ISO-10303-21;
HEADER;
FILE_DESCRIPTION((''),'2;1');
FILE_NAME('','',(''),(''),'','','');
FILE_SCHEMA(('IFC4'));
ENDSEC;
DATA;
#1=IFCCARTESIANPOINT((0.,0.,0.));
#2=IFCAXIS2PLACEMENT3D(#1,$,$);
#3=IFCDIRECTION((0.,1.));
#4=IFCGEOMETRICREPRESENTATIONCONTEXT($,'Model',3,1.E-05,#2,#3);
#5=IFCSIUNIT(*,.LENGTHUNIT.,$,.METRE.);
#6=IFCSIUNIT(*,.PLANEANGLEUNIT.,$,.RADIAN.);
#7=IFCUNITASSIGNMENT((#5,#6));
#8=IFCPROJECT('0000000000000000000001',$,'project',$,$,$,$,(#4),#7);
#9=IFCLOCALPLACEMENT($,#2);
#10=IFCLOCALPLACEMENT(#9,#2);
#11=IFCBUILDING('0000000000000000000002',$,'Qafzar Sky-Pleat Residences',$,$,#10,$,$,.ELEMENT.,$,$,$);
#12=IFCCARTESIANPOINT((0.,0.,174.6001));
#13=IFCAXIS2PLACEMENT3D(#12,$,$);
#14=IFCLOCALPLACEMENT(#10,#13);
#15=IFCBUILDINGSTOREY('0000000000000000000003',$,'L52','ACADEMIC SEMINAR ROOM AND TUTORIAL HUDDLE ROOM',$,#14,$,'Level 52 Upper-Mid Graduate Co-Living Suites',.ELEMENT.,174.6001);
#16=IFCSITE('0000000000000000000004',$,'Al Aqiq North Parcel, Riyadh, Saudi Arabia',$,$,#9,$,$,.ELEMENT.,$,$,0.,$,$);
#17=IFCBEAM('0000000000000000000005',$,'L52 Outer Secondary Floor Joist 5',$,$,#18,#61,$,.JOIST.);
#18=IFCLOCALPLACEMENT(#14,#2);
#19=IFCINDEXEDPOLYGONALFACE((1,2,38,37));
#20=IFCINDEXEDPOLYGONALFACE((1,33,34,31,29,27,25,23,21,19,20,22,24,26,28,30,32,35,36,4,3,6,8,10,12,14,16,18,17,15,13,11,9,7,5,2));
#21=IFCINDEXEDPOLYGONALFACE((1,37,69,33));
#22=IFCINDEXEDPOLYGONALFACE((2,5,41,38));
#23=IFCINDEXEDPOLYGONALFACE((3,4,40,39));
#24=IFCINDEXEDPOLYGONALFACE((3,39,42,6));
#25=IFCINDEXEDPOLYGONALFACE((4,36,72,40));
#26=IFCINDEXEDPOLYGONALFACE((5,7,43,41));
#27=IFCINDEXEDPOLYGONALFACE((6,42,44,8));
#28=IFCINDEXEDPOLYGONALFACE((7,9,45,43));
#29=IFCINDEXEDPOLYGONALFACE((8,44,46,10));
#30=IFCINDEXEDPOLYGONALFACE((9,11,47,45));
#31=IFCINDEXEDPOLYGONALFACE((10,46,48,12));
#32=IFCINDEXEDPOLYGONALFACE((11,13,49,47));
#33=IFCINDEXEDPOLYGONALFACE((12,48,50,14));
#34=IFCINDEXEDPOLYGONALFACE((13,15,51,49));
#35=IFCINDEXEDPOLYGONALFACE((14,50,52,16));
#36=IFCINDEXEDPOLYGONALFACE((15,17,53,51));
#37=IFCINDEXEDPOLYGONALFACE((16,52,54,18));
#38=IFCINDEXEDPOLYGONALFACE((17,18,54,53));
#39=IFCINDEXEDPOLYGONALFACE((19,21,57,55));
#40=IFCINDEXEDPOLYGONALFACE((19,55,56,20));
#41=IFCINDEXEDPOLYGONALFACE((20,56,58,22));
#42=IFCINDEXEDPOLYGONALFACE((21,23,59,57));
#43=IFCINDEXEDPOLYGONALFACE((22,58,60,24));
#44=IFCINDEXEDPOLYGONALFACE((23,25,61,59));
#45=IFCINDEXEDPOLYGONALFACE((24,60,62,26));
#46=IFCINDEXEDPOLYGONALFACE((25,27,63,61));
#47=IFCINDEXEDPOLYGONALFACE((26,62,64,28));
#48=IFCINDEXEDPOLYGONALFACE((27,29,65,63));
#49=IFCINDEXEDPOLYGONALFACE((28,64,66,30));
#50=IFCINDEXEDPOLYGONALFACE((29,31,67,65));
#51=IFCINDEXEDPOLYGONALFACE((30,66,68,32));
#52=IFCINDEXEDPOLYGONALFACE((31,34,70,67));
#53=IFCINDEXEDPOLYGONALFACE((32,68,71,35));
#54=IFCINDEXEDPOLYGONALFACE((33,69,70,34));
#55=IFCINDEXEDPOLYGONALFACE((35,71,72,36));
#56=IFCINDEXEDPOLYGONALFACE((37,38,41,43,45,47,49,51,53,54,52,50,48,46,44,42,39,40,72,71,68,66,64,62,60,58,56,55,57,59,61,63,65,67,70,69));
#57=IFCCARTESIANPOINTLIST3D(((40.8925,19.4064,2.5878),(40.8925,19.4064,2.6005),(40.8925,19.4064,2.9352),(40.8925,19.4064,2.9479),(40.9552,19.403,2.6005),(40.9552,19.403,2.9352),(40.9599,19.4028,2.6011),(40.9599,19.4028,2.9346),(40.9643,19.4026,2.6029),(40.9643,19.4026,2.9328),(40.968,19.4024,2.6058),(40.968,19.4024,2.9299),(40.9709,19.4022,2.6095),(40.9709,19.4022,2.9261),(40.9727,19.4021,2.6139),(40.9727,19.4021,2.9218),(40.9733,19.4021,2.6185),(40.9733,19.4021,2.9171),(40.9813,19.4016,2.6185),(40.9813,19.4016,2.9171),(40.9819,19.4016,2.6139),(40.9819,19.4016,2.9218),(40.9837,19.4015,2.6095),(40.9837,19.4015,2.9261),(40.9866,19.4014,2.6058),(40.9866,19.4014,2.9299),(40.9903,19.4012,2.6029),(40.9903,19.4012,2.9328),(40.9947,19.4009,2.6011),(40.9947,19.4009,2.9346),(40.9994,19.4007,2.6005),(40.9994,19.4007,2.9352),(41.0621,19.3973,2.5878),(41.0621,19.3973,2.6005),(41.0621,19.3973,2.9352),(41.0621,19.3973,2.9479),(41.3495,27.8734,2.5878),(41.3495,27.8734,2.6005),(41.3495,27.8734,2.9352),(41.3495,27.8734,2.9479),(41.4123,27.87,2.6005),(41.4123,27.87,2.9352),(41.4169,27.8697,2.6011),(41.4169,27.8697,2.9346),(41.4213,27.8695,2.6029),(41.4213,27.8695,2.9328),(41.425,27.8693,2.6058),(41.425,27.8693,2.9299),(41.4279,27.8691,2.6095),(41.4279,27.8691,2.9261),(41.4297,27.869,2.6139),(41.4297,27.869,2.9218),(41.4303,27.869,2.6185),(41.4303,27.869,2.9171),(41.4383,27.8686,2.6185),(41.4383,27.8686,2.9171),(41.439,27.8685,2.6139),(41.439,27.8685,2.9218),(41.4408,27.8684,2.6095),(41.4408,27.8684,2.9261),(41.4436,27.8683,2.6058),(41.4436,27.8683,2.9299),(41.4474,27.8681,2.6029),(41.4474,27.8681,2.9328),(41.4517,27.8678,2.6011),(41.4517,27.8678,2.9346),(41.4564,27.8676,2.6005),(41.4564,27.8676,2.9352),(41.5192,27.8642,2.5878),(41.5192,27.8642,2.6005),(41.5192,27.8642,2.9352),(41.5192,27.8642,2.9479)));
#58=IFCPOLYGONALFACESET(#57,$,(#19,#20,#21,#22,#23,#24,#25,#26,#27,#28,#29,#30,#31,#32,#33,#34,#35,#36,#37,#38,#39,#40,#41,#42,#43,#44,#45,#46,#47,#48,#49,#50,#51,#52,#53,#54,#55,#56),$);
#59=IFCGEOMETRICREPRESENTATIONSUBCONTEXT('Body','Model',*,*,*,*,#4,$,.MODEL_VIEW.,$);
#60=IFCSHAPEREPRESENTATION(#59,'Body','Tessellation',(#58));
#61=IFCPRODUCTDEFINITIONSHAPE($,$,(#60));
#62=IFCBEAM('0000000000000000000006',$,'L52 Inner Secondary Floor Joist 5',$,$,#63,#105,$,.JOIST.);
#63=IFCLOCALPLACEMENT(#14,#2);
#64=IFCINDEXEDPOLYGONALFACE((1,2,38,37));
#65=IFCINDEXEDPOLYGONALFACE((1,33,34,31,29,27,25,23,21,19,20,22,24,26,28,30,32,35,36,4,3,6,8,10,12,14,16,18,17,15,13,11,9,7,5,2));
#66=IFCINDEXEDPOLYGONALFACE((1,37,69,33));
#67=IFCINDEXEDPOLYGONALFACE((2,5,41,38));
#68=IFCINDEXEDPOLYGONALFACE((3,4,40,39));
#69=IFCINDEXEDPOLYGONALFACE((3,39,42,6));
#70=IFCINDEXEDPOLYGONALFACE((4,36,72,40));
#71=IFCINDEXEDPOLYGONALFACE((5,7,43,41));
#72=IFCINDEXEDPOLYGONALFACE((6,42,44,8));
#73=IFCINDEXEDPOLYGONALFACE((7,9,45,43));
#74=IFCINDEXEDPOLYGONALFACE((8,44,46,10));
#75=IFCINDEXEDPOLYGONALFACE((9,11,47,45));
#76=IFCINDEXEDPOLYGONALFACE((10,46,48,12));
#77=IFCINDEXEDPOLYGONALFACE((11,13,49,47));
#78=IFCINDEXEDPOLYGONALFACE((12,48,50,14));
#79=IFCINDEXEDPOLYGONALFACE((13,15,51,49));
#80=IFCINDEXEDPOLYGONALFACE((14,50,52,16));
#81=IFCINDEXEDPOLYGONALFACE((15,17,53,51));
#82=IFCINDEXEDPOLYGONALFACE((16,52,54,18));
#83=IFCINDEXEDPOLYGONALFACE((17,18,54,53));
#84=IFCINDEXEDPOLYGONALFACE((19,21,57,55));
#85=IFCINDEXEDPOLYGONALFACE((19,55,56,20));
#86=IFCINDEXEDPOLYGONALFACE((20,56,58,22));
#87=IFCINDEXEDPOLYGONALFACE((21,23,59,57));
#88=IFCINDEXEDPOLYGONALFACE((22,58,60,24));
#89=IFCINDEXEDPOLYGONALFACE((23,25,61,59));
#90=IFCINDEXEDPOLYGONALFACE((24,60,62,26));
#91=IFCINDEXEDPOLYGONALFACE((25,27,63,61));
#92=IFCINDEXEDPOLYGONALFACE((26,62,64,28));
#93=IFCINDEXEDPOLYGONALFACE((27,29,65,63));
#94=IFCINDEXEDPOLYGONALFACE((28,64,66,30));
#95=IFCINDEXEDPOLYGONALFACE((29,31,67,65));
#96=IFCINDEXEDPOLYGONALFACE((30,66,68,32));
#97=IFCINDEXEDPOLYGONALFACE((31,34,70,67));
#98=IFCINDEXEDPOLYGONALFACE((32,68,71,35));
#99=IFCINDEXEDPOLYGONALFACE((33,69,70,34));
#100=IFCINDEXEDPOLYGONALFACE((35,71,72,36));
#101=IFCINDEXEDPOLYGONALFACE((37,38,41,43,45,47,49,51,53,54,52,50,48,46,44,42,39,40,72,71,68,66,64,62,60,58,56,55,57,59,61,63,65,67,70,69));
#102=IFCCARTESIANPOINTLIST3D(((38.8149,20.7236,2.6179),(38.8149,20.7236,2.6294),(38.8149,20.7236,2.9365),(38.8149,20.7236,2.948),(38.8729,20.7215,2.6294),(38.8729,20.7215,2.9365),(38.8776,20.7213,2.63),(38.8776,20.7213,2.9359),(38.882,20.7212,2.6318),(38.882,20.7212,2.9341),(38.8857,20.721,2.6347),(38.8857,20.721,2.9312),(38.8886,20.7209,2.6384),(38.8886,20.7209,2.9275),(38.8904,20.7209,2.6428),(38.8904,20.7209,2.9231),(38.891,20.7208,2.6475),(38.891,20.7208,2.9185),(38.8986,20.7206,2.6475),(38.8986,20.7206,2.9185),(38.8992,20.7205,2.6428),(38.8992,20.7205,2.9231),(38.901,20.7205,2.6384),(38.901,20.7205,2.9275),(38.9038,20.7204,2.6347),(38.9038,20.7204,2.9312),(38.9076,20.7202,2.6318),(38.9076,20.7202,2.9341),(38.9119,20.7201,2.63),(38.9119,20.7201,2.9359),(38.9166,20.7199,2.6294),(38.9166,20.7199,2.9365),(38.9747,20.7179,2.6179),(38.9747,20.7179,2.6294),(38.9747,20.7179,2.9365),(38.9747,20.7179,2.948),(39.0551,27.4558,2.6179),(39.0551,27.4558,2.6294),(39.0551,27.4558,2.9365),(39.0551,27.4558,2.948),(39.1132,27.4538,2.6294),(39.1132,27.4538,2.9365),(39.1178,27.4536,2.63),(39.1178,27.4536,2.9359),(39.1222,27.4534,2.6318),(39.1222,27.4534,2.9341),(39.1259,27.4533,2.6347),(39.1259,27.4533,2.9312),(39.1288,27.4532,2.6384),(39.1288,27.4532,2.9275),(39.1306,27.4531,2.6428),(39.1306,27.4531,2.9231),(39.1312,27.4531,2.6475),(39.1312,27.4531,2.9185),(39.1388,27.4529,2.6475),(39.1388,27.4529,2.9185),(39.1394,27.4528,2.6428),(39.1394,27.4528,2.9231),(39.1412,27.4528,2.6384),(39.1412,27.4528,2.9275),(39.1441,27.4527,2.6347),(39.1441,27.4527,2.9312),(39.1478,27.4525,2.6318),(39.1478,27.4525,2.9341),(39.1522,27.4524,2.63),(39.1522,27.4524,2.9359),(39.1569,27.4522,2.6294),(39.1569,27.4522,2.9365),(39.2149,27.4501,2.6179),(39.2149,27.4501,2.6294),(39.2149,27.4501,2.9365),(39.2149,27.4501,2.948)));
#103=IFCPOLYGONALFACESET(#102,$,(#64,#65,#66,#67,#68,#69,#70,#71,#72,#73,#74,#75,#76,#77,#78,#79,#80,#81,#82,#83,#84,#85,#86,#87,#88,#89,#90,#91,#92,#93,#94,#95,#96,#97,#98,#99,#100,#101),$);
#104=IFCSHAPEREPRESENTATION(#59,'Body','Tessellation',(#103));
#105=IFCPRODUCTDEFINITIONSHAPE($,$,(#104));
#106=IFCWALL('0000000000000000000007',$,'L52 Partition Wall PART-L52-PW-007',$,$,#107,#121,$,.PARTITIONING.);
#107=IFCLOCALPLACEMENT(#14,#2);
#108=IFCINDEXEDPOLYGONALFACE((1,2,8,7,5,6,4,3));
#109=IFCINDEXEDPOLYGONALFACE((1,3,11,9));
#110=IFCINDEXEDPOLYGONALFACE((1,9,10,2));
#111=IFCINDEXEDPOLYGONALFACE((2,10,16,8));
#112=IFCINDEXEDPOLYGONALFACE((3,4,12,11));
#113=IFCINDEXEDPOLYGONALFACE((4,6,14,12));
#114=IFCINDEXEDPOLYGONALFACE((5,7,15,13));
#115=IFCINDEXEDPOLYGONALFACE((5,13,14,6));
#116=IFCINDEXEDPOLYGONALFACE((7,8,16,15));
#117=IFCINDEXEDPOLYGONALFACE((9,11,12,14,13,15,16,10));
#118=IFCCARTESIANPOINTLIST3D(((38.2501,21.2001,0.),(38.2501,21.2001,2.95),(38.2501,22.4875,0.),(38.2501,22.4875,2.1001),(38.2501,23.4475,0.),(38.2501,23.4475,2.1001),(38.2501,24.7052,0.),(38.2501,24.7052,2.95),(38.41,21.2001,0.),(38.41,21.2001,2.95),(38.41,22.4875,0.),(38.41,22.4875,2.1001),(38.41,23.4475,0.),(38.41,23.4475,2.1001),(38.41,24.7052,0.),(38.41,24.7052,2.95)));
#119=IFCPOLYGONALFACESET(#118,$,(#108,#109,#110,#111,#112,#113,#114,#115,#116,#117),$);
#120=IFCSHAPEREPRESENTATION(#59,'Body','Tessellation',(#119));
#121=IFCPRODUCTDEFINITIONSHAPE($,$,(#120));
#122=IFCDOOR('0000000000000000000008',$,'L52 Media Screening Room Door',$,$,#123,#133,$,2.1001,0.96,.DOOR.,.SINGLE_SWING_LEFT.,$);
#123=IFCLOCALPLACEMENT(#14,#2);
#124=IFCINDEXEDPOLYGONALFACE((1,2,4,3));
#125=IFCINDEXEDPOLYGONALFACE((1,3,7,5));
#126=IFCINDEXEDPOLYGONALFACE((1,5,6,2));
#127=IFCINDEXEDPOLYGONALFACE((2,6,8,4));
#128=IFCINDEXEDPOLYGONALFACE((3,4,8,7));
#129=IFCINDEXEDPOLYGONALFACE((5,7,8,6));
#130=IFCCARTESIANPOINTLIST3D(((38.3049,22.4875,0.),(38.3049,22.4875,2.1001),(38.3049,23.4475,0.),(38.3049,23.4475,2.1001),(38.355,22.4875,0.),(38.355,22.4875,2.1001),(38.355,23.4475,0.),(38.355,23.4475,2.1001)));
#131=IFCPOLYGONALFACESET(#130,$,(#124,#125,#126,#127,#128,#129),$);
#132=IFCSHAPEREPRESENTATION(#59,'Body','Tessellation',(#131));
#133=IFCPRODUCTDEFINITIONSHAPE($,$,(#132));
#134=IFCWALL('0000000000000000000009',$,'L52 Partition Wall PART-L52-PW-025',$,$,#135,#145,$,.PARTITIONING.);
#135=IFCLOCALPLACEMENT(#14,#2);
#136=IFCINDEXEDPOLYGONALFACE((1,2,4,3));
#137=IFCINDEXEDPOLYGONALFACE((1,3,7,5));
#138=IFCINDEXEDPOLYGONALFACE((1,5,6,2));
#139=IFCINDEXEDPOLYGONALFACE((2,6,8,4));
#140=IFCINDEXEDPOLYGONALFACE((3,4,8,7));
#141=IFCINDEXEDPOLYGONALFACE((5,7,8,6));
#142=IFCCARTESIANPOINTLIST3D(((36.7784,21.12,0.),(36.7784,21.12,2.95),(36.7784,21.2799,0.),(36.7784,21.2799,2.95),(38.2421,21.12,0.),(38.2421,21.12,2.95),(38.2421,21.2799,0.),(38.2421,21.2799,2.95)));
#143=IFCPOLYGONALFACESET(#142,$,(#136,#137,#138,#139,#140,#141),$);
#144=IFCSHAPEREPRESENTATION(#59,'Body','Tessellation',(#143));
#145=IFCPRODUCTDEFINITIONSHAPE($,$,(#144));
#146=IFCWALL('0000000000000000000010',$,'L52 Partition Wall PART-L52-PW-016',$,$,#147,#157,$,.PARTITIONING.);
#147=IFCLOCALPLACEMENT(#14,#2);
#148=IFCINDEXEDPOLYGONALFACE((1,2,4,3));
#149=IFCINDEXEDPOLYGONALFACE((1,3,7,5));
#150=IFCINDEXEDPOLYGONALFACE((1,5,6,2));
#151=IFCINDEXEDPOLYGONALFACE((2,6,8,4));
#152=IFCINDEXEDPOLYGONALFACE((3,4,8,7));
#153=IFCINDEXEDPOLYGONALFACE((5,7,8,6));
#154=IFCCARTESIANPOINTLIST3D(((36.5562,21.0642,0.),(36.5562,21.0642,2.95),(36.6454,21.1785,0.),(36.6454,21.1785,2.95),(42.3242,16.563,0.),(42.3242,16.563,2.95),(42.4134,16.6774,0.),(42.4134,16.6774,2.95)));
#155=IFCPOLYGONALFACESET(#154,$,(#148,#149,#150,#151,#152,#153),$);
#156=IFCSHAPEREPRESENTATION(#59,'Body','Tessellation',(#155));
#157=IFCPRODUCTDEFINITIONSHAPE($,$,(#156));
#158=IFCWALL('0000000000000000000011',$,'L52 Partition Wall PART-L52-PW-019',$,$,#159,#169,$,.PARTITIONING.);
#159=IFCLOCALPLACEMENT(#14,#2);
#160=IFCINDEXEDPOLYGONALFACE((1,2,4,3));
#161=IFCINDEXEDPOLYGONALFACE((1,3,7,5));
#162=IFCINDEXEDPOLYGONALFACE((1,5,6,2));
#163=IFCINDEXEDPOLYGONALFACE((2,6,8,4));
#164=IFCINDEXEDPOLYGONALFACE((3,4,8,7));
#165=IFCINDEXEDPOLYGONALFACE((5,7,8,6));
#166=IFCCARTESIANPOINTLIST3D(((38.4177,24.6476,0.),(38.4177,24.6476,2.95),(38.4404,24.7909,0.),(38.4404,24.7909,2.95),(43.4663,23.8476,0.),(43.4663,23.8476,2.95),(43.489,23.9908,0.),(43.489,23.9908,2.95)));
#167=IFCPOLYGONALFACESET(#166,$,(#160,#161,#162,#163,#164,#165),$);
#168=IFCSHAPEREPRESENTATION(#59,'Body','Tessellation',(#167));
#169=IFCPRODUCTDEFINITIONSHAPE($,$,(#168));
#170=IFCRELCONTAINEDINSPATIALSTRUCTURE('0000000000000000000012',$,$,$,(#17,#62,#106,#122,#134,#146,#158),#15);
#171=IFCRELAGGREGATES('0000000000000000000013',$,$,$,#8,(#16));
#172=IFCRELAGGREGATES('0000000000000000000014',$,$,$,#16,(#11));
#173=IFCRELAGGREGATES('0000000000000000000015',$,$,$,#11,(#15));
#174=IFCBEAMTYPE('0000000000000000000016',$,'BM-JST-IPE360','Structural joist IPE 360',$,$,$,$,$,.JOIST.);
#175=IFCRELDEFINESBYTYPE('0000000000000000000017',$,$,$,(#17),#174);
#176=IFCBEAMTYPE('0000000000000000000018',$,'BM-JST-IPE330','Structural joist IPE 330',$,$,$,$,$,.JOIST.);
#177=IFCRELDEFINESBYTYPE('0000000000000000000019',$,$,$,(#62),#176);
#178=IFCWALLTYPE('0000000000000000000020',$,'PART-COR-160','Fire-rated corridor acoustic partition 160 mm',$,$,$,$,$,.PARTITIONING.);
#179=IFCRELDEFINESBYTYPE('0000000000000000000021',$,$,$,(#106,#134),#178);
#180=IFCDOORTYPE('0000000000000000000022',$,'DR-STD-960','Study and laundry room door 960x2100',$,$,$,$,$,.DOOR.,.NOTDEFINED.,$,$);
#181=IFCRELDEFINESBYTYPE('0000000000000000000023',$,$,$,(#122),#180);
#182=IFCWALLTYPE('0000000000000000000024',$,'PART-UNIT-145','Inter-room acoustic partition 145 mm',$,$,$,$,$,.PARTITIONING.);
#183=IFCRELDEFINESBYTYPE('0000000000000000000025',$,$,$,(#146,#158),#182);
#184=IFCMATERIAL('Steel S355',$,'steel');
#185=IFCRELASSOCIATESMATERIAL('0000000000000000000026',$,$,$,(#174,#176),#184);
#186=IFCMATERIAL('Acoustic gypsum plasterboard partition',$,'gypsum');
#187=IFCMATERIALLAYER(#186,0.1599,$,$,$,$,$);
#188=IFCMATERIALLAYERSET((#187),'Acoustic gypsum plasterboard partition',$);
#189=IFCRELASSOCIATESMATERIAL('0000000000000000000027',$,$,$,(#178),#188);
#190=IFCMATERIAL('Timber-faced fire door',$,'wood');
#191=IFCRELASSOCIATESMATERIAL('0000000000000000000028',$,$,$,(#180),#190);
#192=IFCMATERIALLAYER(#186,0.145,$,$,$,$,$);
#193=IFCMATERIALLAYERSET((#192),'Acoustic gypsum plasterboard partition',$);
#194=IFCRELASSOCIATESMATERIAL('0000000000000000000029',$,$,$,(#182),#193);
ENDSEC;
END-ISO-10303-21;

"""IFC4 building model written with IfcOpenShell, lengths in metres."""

from ifc_helpers import new_model, si_unit, direction, frame, frame_2d, origin, origin_2d, place, context, subcontext, project, spatial, rectangle, i_section, extrude, source, transform, mapped, material, layer, layer_set, material_profile, profile_set, type_object, element, fill, save


model = new_model("IFC4")

# Units and contexts
model_context = context("Model", 3, precision=1e-05, world=origin(), true_north=direction((0.0, 1.0)))
body_context = subcontext(model_context, "Body", "Model", "MODEL_VIEW")
ifc_project = project(units=[si_unit("LENGTHUNIT", "METRE"), si_unit("PLANEANGLEUNIT", "RADIAN")], contexts=[model_context])

# Site, building, storey
site_placement = place(None, origin())
site = spatial("IfcSite", under=ifc_project, at=site_placement, Name="Al Aqiq North Parcel, Riyadh, Saudi Arabia", CompositionType="ELEMENT", RefElevation=0.0)
building_placement = place(site_placement, origin())
building = spatial("IfcBuilding", under=site, at=building_placement, Name="Qafzar Sky-Pleat Residences", CompositionType="ELEMENT")
storey_placement = place(building_placement, frame((0.0, 0.0, 174.6001)))
storey = spatial("IfcBuildingStorey", under=building, at=storey_placement, Name="L52", Description="ACADEMIC SEMINAR ROOM AND TUTORIAL HUDDLE ROOM", LongName="Level 52 Upper-Mid Graduate Co-Living Suites", CompositionType="ELEMENT", Elevation=174.6001)

# Shared definitions
ifc_material_1 = material(Name="Steel S355", Category="steel")

# Beams
ifc_material_profile_1 = material_profile(ifc_material_1, i_section(OverallWidth=0.1699, OverallDepth=0.3601, WebThickness=0.0081, FlangeThickness=0.0127, FilletRadius=0.0181, at=origin_2d()), Name="IPE 360")
ifc_profile_set_1 = profile_set([ifc_material_profile_1], Name="Steel S355")
beam_type_1 = type_object("IfcBeamType", Name="BM-JST-IPE360", Description="Structural joist IPE 360", PredefinedType="JOIST", material=ifc_profile_set_1)
shared_shape_1 = source(origin(), body_context, "Body", "SweptSolid", [
    extrude(i_section(OverallWidth=0.1699, OverallDepth=0.3601, WebThickness=0.0081, FlangeThickness=0.0127, FilletRadius=0.0181, at=origin_2d()), origin(), (0.0, 0.0, 1.0), 8.4792),
])
beam_1_placement = place(storey_placement, frame((40.9773, 19.4019, 2.7678), z_axis=(0.053899, 0.998546, 0.0), x_axis=(-0.998546, 0.053899, 0.0)))
element("IfcBeam", 1, at=beam_1_placement, inside=storey, type_object=beam_type_1, Name="L52 Outer Secondary Floor Joist 5", PredefinedType="JOIST", context=body_context, shape_type="MappedRepresentation", body=[
    mapped(shared_shape_1, transform((0.0, 0.0, 0.0), x_axis=(1.0, 0.0, 0.0), y_axis=(0.0, 1.0, 0.0), z_axis=(0.0, 0.0, 1.0), scale=1.0)),
])
ifc_material_profile_2 = material_profile(ifc_material_1, i_section(OverallWidth=0.1599, OverallDepth=0.3301, WebThickness=0.0076, FlangeThickness=0.0115, FilletRadius=0.0181, at=origin_2d()), Name="IPE 330")
ifc_profile_set_2 = profile_set([ifc_material_profile_2], Name="Steel S355")
beam_type_2 = type_object("IfcBeamType", Name="BM-JST-IPE330", Description="Structural joist IPE 330", PredefinedType="JOIST", material=ifc_profile_set_2)
shared_shape_2 = source(origin(), body_context, "Body", "SweptSolid", [
    extrude(i_section(OverallWidth=0.1599, OverallDepth=0.3301, WebThickness=0.0076, FlangeThickness=0.0115, FilletRadius=0.0181, at=origin_2d()), origin(), (0.0, 0.0, 1.0), 6.7366),
])
beam_2_placement = place(storey_placement, frame((38.8948, 20.7207, 2.783), z_axis=(0.035662, 0.999364, 0.0), x_axis=(-0.999364, 0.035662, 0.0)))
element("IfcBeam", 2, at=beam_2_placement, inside=storey, type_object=beam_type_2, Name="L52 Inner Secondary Floor Joist 5", PredefinedType="JOIST", context=body_context, shape_type="MappedRepresentation", body=[
    mapped(shared_shape_2, transform((0.0, 0.0, 0.0), x_axis=(1.0, 0.0, 0.0), y_axis=(0.0, 1.0, 0.0), z_axis=(0.0, 0.0, 1.0), scale=1.0)),
])

# Wall, opening, door
ifc_material_2 = material(Name="Acoustic gypsum plasterboard partition", Category="gypsum")
ifc_layer_1 = layer(ifc_material_2, 0.1599)
ifc_layer_set_1 = layer_set([ifc_layer_1], Name="Acoustic gypsum plasterboard partition")
wall_type_1 = type_object("IfcWallType", Name="PART-COR-160", Description="Fire-rated corridor acoustic partition 160 mm", PredefinedType="PARTITIONING", material=ifc_layer_set_1)
wall_1_placement = place(storey_placement, frame((38.3301, 24.7051, 0.0), z_axis=(0.0, 0.0, 1.0), x_axis=(0.0, -1.0, 0.0)))
wall_1 = element("IfcWall", 3, at=wall_1_placement, inside=storey, type_object=wall_type_1, Name="L52 Partition Wall PART-L52-PW-007", PredefinedType="PARTITIONING", context=body_context, shape_type="SweptSolid", body=[
    extrude(rectangle(XDim=3.5051, YDim=0.1599, at=frame_2d((1.7524, 0.0))), origin(), (0.0, 0.0, 1.0), 2.95),
])
opening_1_placement = place(wall_1_placement, frame((1.2576, 0.0, 0.0)))
opening_1 = element("IfcOpeningElement", 4, at=opening_1_placement, cuts=wall_1, PredefinedType="OPENING", context=body_context, shape_type="SweptSolid", body=[
    extrude(rectangle(XDim=0.96, YDim=2.1001, at=frame_2d((0.48, 1.05))), frame((0.0, 0.0898, 0.0), z_axis=(0.0, -1.0, 0.0), x_axis=(1.0, 0.0, 0.0)), (0.0, 0.0, 1.0), 0.1799),
])
ifc_material_3 = material(Name="Timber-faced fire door", Category="wood")
door_type_1 = type_object("IfcDoorType", Name="DR-STD-960", Description="Study and laundry room door 960x2100", OperationType="NOTDEFINED", PredefinedType="DOOR", material=ifc_material_3)
shared_shape_3 = source(origin(), body_context, "Body", "SweptSolid", [
    extrude(rectangle(XDim=0.96, YDim=2.1001, at=frame_2d((0.48, 1.05))), frame((0.0, 0.0249, 0.0), z_axis=(0.0, -1.0, 0.0), x_axis=(1.0, 0.0, 0.0)), (0.0, 0.0, 1.0), 0.05),
])
door_1_placement = place(opening_1_placement, origin())
door_1 = element("IfcDoor", 5, at=door_1_placement, inside=storey, type_object=door_type_1, Name="L52 Media Screening Room Door", OperationType="SINGLE_SWING_LEFT", OverallHeight=2.1001, OverallWidth=0.96, PredefinedType="DOOR", context=body_context, shape_type="MappedRepresentation", body=[
    mapped(shared_shape_3, transform((0.0, 0.0, 0.0), x_axis=(1.0, 0.0, 0.0), y_axis=(0.0, 1.0, 0.0), z_axis=(0.0, 0.0, 1.0), scale=1.0)),
])
fill(opening_1, door_1)

# Walls
wall_2_placement = place(storey_placement, frame((36.7783, 21.2, 0.0), z_axis=(0.0, 0.0, 1.0), x_axis=(1.0, 0.0, 0.0)))
element("IfcWall", 6, at=wall_2_placement, inside=storey, type_object=wall_type_1, Name="L52 Partition Wall PART-L52-PW-025", PredefinedType="PARTITIONING", context=body_context, shape_type="SweptSolid", body=[
    extrude(rectangle(XDim=1.4636, YDim=0.1599, at=frame_2d((0.7319, 0.0))), origin(), (0.0, 0.0, 1.0), 2.95),
])
ifc_layer_2 = layer(ifc_material_2, 0.145)
ifc_layer_set_2 = layer_set([ifc_layer_2], Name="Acoustic gypsum plasterboard partition")
wall_type_2 = type_object("IfcWallType", Name="PART-UNIT-145", Description="Inter-room acoustic partition 145 mm", PredefinedType="PARTITIONING", material=ifc_layer_set_2)
wall_3_placement = place(storey_placement, frame((36.6008, 21.1213, 0.0), z_axis=(0.0, 0.0, 1.0), x_axis=(0.788361, -0.615213, 0.0)))
element("IfcWall", 7, at=wall_3_placement, inside=storey, type_object=wall_type_2, Name="L52 Partition Wall PART-L52-PW-016", PredefinedType="PARTITIONING", context=body_context, shape_type="SweptSolid", body=[
    extrude(rectangle(XDim=7.3164, YDim=0.145, at=frame_2d((3.6582, 0.0))), origin(), (0.0, 0.0, 1.0), 2.95),
])
wall_4_placement = place(storey_placement, frame((38.4292, 24.7192, 0.0), z_axis=(0.0, 0.0, 1.0), x_axis=(0.987675, -0.156517, 0.0)))
element("IfcWall", 8, at=wall_4_placement, inside=storey, type_object=wall_type_2, Name="L52 Partition Wall PART-L52-PW-019", PredefinedType="PARTITIONING", context=body_context, shape_type="SweptSolid", body=[
    extrude(rectangle(XDim=5.1116, YDim=0.145, at=frame_2d((2.5557, 0.0))), origin(), (0.0, 0.0, 1.0), 2.95),
])

save(model, "model.ifc")
